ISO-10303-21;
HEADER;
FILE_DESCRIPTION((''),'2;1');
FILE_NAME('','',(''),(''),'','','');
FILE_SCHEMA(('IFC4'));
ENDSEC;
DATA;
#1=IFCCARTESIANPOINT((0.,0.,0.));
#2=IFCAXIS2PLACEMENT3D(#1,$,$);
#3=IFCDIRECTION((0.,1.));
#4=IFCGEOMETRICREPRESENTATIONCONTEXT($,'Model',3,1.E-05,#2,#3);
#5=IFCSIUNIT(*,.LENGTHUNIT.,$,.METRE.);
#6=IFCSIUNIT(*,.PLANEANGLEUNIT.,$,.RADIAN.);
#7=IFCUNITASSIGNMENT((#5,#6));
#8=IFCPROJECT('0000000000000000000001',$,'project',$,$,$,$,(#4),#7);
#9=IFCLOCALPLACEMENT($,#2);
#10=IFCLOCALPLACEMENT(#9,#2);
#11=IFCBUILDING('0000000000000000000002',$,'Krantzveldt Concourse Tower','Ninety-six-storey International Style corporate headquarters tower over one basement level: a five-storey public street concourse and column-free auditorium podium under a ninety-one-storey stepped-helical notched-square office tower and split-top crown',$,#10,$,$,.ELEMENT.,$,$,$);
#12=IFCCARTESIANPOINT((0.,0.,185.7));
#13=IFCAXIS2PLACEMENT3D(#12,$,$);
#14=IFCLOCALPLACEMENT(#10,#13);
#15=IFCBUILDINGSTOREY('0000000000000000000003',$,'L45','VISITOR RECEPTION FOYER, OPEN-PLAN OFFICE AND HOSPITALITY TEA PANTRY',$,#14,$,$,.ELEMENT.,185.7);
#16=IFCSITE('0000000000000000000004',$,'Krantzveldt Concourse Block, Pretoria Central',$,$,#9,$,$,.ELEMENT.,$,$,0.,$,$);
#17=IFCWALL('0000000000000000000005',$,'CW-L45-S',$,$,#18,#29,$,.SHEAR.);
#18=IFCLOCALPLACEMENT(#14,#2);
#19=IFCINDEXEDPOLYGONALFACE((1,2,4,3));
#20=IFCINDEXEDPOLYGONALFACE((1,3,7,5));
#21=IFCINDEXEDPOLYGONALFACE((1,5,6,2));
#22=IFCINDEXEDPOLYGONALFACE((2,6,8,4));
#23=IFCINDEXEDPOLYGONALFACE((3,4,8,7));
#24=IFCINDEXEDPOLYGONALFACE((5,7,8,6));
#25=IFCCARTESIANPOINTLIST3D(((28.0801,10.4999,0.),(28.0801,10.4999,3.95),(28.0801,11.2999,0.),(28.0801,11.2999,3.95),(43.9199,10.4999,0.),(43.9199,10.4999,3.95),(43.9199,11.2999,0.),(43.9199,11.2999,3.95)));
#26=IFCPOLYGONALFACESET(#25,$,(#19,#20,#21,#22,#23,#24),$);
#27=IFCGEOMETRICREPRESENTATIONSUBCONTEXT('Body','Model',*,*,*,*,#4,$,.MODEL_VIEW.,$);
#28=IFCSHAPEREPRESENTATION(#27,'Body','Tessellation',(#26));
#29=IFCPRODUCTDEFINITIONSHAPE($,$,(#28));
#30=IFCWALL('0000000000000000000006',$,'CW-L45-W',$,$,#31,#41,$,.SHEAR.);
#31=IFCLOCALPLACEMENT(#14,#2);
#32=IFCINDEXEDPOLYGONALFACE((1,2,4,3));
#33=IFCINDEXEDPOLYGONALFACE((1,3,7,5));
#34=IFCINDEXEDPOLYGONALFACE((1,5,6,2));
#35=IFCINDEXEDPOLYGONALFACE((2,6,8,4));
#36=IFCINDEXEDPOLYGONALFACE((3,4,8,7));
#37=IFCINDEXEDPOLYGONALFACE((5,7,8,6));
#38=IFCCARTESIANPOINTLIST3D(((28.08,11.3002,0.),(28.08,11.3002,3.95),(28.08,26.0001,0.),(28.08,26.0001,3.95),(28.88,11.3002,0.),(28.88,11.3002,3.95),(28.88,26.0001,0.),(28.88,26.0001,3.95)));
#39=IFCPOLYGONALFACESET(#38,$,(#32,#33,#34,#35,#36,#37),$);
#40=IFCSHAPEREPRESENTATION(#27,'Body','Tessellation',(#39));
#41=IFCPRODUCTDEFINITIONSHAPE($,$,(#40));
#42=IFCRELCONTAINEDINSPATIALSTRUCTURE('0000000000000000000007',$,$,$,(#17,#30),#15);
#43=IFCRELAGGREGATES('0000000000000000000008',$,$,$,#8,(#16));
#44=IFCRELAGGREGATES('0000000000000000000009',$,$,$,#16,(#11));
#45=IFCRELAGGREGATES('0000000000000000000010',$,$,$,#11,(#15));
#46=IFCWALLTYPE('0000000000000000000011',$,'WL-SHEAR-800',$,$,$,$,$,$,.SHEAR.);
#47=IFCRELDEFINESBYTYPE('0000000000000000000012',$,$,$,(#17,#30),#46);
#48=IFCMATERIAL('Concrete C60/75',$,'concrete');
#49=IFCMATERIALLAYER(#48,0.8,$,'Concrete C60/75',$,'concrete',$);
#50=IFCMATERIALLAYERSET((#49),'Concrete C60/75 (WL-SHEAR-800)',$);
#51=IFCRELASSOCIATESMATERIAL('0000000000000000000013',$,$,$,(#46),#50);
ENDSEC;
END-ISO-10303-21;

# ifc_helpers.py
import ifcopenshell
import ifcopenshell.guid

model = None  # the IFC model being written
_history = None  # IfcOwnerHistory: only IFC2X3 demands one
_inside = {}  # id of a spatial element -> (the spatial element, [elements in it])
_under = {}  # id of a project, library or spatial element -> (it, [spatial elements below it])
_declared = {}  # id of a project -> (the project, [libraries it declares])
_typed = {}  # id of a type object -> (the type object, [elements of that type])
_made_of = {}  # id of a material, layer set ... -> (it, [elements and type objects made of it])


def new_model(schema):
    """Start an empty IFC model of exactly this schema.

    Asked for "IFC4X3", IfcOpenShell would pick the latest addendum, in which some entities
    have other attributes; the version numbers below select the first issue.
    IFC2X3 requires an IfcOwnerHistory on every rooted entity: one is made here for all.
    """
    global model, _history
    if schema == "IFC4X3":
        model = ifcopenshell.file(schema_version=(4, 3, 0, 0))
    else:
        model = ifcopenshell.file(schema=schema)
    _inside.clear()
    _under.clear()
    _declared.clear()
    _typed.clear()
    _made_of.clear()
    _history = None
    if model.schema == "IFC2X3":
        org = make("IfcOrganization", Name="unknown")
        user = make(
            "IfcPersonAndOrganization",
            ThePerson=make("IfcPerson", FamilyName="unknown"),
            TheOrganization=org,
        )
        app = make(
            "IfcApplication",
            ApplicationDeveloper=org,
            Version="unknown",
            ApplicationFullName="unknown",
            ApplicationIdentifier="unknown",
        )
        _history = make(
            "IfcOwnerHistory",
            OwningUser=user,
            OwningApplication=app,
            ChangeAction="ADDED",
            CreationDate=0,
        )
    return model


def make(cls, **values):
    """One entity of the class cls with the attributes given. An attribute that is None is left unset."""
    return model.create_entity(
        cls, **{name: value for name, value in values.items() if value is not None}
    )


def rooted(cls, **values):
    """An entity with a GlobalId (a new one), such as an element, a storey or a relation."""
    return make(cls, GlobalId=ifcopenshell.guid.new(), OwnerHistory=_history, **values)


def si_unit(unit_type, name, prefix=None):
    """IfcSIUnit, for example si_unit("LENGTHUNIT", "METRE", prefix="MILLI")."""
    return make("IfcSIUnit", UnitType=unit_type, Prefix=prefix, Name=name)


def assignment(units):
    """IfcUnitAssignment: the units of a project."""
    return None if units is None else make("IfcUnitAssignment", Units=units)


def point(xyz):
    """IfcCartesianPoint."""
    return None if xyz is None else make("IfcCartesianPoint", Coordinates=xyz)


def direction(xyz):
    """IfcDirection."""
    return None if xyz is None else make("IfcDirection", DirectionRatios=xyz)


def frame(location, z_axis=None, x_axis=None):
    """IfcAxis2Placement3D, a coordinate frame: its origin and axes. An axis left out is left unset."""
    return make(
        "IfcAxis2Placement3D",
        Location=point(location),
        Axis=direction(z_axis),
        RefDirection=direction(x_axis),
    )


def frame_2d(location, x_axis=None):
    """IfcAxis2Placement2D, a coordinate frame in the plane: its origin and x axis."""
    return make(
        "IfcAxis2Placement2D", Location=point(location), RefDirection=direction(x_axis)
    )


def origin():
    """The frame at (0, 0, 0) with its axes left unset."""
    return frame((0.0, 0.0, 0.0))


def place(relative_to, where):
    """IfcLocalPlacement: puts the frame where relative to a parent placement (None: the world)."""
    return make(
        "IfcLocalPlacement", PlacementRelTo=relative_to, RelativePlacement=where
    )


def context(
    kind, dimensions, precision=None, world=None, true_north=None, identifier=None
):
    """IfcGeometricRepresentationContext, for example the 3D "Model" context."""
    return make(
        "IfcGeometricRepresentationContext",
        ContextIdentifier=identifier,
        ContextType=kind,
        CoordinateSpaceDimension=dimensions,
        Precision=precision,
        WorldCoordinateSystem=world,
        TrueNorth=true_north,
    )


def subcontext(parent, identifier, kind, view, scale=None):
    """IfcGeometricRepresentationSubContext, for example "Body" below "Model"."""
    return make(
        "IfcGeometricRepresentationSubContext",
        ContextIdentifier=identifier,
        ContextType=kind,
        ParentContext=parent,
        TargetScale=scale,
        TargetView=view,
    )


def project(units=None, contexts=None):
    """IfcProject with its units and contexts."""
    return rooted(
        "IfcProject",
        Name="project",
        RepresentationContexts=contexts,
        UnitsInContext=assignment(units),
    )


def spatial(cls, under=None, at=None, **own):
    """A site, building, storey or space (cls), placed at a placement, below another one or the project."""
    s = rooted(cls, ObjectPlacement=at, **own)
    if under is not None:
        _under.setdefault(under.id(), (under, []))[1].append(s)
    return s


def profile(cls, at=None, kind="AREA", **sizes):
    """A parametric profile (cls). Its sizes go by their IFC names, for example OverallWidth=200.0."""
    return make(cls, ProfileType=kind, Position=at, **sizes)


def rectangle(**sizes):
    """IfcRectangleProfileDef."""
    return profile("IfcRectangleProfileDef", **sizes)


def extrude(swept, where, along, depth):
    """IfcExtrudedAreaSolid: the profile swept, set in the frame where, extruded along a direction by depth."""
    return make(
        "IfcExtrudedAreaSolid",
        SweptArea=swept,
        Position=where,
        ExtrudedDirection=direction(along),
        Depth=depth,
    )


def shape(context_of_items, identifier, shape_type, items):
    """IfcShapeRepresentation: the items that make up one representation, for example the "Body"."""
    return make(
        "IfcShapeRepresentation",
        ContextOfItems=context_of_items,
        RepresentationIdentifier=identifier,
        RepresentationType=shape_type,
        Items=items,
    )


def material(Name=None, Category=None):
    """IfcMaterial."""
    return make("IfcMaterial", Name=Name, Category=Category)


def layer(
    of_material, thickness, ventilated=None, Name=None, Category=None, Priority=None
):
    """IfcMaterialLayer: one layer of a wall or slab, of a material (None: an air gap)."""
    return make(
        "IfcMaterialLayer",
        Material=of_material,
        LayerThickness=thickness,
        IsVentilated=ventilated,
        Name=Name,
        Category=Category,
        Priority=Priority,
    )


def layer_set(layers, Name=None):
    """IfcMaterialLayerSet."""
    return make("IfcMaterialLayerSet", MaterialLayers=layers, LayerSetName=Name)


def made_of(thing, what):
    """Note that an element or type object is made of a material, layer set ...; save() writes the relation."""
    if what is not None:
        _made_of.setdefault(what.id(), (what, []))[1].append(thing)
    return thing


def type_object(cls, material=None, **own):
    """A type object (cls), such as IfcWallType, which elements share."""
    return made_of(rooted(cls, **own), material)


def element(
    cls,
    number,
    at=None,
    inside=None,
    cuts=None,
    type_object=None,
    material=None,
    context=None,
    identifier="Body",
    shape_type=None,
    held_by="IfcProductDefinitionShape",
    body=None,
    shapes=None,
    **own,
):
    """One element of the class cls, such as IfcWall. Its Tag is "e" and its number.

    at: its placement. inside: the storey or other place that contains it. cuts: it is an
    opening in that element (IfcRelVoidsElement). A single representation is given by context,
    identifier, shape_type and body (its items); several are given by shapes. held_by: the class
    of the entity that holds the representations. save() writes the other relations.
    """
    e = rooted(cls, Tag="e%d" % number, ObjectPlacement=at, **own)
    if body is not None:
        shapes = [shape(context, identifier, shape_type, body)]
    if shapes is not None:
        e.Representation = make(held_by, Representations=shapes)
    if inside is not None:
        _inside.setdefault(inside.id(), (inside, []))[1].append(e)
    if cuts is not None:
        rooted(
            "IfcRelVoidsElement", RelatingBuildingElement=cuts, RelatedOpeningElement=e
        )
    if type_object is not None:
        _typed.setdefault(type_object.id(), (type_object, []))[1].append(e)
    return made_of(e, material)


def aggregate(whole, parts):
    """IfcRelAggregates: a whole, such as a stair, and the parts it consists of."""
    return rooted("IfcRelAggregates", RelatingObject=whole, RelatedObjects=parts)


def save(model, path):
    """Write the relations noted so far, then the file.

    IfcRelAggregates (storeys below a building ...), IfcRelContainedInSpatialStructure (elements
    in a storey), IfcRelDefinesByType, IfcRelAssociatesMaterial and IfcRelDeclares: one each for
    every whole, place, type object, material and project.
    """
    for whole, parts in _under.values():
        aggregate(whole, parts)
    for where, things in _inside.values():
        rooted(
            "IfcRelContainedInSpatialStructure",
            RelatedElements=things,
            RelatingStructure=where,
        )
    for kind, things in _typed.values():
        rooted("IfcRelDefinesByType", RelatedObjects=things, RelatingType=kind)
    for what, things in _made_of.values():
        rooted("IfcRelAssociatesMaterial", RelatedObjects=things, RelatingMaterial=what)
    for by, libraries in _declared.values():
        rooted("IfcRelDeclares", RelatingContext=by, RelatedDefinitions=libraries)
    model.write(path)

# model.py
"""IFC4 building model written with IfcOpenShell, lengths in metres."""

from ifc_helpers import new_model, si_unit, direction, frame, frame_2d, origin, place, context, subcontext, project, spatial, rectangle, extrude, material, layer, layer_set, type_object, element, save


model = new_model("IFC4")

# Units and contexts
model_context = context("Model", 3, precision=1e-05, world=origin(), true_north=direction((0.0, 1.0)))
body_context = subcontext(model_context, "Body", "Model", "MODEL_VIEW")
ifc_project = project(units=[si_unit("LENGTHUNIT", "METRE"), si_unit("PLANEANGLEUNIT", "RADIAN")], contexts=[model_context])

# Site, building, storey
site_placement = place(None, origin())
site = spatial("IfcSite", under=ifc_project, at=site_placement, Name="Krantzveldt Concourse Block, Pretoria Central", CompositionType="ELEMENT", RefElevation=0.0)
building_placement = place(site_placement, origin())
building = spatial("IfcBuilding", under=site, at=building_placement, Name="Krantzveldt Concourse Tower", Description="Ninety-six-storey International Style corporate headquarters tower over one basement level: a five-storey public street concourse and column-free auditorium podium under a ninety-one-storey stepped-helical notched-square office tower and split-top crown", CompositionType="ELEMENT")
storey_placement = place(building_placement, frame((0.0, 0.0, 185.7)))
storey = spatial("IfcBuildingStorey", under=building, at=storey_placement, Name="L45", Description="VISITOR RECEPTION FOYER, OPEN-PLAN OFFICE AND HOSPITALITY TEA PANTRY", CompositionType="ELEMENT", Elevation=185.7)

# Walls
ifc_material_1 = material(Name="Concrete C60/75", Category="concrete")
ifc_layer_1 = layer(ifc_material_1, 0.8, Name="Concrete C60/75", Category="concrete")
ifc_layer_set_1 = layer_set([ifc_layer_1], Name="Concrete C60/75 (WL-SHEAR-800)")
wall_type_1 = type_object("IfcWallType", Name="WL-SHEAR-800", PredefinedType="SHEAR", material=ifc_layer_set_1)
wall_1_placement = place(storey_placement, frame((28.0801, 10.8999, 0.0), z_axis=(0.0, 0.0, 1.0), x_axis=(1.0, 0.0, 0.0)))
element("IfcWall", 1, at=wall_1_placement, inside=storey, type_object=wall_type_1, Name="CW-L45-S", PredefinedType="SHEAR", context=body_context, shape_type="SweptSolid", body=[
    extrude(rectangle(XDim=15.8398, YDim=0.8, at=frame_2d((7.9199, 0.0))), origin(), (0.0, 0.0, 1.0), 3.95),
])
wall_2_placement = place(storey_placement, frame((28.48, 11.3, 0.0), z_axis=(0.0, 0.0, 1.0), x_axis=(0.0, 1.0, 0.0)))
element("IfcWall", 2, at=wall_2_placement, inside=storey, type_object=wall_type_1, Name="CW-L45-W", PredefinedType="SHEAR", context=body_context, shape_type="SweptSolid", body=[
    extrude(rectangle(XDim=14.7, YDim=0.8, at=frame_2d((7.3501, 0.0))), origin(), (0.0, 0.0, 1.0), 3.95),
])

save(model, "model.ifc")
